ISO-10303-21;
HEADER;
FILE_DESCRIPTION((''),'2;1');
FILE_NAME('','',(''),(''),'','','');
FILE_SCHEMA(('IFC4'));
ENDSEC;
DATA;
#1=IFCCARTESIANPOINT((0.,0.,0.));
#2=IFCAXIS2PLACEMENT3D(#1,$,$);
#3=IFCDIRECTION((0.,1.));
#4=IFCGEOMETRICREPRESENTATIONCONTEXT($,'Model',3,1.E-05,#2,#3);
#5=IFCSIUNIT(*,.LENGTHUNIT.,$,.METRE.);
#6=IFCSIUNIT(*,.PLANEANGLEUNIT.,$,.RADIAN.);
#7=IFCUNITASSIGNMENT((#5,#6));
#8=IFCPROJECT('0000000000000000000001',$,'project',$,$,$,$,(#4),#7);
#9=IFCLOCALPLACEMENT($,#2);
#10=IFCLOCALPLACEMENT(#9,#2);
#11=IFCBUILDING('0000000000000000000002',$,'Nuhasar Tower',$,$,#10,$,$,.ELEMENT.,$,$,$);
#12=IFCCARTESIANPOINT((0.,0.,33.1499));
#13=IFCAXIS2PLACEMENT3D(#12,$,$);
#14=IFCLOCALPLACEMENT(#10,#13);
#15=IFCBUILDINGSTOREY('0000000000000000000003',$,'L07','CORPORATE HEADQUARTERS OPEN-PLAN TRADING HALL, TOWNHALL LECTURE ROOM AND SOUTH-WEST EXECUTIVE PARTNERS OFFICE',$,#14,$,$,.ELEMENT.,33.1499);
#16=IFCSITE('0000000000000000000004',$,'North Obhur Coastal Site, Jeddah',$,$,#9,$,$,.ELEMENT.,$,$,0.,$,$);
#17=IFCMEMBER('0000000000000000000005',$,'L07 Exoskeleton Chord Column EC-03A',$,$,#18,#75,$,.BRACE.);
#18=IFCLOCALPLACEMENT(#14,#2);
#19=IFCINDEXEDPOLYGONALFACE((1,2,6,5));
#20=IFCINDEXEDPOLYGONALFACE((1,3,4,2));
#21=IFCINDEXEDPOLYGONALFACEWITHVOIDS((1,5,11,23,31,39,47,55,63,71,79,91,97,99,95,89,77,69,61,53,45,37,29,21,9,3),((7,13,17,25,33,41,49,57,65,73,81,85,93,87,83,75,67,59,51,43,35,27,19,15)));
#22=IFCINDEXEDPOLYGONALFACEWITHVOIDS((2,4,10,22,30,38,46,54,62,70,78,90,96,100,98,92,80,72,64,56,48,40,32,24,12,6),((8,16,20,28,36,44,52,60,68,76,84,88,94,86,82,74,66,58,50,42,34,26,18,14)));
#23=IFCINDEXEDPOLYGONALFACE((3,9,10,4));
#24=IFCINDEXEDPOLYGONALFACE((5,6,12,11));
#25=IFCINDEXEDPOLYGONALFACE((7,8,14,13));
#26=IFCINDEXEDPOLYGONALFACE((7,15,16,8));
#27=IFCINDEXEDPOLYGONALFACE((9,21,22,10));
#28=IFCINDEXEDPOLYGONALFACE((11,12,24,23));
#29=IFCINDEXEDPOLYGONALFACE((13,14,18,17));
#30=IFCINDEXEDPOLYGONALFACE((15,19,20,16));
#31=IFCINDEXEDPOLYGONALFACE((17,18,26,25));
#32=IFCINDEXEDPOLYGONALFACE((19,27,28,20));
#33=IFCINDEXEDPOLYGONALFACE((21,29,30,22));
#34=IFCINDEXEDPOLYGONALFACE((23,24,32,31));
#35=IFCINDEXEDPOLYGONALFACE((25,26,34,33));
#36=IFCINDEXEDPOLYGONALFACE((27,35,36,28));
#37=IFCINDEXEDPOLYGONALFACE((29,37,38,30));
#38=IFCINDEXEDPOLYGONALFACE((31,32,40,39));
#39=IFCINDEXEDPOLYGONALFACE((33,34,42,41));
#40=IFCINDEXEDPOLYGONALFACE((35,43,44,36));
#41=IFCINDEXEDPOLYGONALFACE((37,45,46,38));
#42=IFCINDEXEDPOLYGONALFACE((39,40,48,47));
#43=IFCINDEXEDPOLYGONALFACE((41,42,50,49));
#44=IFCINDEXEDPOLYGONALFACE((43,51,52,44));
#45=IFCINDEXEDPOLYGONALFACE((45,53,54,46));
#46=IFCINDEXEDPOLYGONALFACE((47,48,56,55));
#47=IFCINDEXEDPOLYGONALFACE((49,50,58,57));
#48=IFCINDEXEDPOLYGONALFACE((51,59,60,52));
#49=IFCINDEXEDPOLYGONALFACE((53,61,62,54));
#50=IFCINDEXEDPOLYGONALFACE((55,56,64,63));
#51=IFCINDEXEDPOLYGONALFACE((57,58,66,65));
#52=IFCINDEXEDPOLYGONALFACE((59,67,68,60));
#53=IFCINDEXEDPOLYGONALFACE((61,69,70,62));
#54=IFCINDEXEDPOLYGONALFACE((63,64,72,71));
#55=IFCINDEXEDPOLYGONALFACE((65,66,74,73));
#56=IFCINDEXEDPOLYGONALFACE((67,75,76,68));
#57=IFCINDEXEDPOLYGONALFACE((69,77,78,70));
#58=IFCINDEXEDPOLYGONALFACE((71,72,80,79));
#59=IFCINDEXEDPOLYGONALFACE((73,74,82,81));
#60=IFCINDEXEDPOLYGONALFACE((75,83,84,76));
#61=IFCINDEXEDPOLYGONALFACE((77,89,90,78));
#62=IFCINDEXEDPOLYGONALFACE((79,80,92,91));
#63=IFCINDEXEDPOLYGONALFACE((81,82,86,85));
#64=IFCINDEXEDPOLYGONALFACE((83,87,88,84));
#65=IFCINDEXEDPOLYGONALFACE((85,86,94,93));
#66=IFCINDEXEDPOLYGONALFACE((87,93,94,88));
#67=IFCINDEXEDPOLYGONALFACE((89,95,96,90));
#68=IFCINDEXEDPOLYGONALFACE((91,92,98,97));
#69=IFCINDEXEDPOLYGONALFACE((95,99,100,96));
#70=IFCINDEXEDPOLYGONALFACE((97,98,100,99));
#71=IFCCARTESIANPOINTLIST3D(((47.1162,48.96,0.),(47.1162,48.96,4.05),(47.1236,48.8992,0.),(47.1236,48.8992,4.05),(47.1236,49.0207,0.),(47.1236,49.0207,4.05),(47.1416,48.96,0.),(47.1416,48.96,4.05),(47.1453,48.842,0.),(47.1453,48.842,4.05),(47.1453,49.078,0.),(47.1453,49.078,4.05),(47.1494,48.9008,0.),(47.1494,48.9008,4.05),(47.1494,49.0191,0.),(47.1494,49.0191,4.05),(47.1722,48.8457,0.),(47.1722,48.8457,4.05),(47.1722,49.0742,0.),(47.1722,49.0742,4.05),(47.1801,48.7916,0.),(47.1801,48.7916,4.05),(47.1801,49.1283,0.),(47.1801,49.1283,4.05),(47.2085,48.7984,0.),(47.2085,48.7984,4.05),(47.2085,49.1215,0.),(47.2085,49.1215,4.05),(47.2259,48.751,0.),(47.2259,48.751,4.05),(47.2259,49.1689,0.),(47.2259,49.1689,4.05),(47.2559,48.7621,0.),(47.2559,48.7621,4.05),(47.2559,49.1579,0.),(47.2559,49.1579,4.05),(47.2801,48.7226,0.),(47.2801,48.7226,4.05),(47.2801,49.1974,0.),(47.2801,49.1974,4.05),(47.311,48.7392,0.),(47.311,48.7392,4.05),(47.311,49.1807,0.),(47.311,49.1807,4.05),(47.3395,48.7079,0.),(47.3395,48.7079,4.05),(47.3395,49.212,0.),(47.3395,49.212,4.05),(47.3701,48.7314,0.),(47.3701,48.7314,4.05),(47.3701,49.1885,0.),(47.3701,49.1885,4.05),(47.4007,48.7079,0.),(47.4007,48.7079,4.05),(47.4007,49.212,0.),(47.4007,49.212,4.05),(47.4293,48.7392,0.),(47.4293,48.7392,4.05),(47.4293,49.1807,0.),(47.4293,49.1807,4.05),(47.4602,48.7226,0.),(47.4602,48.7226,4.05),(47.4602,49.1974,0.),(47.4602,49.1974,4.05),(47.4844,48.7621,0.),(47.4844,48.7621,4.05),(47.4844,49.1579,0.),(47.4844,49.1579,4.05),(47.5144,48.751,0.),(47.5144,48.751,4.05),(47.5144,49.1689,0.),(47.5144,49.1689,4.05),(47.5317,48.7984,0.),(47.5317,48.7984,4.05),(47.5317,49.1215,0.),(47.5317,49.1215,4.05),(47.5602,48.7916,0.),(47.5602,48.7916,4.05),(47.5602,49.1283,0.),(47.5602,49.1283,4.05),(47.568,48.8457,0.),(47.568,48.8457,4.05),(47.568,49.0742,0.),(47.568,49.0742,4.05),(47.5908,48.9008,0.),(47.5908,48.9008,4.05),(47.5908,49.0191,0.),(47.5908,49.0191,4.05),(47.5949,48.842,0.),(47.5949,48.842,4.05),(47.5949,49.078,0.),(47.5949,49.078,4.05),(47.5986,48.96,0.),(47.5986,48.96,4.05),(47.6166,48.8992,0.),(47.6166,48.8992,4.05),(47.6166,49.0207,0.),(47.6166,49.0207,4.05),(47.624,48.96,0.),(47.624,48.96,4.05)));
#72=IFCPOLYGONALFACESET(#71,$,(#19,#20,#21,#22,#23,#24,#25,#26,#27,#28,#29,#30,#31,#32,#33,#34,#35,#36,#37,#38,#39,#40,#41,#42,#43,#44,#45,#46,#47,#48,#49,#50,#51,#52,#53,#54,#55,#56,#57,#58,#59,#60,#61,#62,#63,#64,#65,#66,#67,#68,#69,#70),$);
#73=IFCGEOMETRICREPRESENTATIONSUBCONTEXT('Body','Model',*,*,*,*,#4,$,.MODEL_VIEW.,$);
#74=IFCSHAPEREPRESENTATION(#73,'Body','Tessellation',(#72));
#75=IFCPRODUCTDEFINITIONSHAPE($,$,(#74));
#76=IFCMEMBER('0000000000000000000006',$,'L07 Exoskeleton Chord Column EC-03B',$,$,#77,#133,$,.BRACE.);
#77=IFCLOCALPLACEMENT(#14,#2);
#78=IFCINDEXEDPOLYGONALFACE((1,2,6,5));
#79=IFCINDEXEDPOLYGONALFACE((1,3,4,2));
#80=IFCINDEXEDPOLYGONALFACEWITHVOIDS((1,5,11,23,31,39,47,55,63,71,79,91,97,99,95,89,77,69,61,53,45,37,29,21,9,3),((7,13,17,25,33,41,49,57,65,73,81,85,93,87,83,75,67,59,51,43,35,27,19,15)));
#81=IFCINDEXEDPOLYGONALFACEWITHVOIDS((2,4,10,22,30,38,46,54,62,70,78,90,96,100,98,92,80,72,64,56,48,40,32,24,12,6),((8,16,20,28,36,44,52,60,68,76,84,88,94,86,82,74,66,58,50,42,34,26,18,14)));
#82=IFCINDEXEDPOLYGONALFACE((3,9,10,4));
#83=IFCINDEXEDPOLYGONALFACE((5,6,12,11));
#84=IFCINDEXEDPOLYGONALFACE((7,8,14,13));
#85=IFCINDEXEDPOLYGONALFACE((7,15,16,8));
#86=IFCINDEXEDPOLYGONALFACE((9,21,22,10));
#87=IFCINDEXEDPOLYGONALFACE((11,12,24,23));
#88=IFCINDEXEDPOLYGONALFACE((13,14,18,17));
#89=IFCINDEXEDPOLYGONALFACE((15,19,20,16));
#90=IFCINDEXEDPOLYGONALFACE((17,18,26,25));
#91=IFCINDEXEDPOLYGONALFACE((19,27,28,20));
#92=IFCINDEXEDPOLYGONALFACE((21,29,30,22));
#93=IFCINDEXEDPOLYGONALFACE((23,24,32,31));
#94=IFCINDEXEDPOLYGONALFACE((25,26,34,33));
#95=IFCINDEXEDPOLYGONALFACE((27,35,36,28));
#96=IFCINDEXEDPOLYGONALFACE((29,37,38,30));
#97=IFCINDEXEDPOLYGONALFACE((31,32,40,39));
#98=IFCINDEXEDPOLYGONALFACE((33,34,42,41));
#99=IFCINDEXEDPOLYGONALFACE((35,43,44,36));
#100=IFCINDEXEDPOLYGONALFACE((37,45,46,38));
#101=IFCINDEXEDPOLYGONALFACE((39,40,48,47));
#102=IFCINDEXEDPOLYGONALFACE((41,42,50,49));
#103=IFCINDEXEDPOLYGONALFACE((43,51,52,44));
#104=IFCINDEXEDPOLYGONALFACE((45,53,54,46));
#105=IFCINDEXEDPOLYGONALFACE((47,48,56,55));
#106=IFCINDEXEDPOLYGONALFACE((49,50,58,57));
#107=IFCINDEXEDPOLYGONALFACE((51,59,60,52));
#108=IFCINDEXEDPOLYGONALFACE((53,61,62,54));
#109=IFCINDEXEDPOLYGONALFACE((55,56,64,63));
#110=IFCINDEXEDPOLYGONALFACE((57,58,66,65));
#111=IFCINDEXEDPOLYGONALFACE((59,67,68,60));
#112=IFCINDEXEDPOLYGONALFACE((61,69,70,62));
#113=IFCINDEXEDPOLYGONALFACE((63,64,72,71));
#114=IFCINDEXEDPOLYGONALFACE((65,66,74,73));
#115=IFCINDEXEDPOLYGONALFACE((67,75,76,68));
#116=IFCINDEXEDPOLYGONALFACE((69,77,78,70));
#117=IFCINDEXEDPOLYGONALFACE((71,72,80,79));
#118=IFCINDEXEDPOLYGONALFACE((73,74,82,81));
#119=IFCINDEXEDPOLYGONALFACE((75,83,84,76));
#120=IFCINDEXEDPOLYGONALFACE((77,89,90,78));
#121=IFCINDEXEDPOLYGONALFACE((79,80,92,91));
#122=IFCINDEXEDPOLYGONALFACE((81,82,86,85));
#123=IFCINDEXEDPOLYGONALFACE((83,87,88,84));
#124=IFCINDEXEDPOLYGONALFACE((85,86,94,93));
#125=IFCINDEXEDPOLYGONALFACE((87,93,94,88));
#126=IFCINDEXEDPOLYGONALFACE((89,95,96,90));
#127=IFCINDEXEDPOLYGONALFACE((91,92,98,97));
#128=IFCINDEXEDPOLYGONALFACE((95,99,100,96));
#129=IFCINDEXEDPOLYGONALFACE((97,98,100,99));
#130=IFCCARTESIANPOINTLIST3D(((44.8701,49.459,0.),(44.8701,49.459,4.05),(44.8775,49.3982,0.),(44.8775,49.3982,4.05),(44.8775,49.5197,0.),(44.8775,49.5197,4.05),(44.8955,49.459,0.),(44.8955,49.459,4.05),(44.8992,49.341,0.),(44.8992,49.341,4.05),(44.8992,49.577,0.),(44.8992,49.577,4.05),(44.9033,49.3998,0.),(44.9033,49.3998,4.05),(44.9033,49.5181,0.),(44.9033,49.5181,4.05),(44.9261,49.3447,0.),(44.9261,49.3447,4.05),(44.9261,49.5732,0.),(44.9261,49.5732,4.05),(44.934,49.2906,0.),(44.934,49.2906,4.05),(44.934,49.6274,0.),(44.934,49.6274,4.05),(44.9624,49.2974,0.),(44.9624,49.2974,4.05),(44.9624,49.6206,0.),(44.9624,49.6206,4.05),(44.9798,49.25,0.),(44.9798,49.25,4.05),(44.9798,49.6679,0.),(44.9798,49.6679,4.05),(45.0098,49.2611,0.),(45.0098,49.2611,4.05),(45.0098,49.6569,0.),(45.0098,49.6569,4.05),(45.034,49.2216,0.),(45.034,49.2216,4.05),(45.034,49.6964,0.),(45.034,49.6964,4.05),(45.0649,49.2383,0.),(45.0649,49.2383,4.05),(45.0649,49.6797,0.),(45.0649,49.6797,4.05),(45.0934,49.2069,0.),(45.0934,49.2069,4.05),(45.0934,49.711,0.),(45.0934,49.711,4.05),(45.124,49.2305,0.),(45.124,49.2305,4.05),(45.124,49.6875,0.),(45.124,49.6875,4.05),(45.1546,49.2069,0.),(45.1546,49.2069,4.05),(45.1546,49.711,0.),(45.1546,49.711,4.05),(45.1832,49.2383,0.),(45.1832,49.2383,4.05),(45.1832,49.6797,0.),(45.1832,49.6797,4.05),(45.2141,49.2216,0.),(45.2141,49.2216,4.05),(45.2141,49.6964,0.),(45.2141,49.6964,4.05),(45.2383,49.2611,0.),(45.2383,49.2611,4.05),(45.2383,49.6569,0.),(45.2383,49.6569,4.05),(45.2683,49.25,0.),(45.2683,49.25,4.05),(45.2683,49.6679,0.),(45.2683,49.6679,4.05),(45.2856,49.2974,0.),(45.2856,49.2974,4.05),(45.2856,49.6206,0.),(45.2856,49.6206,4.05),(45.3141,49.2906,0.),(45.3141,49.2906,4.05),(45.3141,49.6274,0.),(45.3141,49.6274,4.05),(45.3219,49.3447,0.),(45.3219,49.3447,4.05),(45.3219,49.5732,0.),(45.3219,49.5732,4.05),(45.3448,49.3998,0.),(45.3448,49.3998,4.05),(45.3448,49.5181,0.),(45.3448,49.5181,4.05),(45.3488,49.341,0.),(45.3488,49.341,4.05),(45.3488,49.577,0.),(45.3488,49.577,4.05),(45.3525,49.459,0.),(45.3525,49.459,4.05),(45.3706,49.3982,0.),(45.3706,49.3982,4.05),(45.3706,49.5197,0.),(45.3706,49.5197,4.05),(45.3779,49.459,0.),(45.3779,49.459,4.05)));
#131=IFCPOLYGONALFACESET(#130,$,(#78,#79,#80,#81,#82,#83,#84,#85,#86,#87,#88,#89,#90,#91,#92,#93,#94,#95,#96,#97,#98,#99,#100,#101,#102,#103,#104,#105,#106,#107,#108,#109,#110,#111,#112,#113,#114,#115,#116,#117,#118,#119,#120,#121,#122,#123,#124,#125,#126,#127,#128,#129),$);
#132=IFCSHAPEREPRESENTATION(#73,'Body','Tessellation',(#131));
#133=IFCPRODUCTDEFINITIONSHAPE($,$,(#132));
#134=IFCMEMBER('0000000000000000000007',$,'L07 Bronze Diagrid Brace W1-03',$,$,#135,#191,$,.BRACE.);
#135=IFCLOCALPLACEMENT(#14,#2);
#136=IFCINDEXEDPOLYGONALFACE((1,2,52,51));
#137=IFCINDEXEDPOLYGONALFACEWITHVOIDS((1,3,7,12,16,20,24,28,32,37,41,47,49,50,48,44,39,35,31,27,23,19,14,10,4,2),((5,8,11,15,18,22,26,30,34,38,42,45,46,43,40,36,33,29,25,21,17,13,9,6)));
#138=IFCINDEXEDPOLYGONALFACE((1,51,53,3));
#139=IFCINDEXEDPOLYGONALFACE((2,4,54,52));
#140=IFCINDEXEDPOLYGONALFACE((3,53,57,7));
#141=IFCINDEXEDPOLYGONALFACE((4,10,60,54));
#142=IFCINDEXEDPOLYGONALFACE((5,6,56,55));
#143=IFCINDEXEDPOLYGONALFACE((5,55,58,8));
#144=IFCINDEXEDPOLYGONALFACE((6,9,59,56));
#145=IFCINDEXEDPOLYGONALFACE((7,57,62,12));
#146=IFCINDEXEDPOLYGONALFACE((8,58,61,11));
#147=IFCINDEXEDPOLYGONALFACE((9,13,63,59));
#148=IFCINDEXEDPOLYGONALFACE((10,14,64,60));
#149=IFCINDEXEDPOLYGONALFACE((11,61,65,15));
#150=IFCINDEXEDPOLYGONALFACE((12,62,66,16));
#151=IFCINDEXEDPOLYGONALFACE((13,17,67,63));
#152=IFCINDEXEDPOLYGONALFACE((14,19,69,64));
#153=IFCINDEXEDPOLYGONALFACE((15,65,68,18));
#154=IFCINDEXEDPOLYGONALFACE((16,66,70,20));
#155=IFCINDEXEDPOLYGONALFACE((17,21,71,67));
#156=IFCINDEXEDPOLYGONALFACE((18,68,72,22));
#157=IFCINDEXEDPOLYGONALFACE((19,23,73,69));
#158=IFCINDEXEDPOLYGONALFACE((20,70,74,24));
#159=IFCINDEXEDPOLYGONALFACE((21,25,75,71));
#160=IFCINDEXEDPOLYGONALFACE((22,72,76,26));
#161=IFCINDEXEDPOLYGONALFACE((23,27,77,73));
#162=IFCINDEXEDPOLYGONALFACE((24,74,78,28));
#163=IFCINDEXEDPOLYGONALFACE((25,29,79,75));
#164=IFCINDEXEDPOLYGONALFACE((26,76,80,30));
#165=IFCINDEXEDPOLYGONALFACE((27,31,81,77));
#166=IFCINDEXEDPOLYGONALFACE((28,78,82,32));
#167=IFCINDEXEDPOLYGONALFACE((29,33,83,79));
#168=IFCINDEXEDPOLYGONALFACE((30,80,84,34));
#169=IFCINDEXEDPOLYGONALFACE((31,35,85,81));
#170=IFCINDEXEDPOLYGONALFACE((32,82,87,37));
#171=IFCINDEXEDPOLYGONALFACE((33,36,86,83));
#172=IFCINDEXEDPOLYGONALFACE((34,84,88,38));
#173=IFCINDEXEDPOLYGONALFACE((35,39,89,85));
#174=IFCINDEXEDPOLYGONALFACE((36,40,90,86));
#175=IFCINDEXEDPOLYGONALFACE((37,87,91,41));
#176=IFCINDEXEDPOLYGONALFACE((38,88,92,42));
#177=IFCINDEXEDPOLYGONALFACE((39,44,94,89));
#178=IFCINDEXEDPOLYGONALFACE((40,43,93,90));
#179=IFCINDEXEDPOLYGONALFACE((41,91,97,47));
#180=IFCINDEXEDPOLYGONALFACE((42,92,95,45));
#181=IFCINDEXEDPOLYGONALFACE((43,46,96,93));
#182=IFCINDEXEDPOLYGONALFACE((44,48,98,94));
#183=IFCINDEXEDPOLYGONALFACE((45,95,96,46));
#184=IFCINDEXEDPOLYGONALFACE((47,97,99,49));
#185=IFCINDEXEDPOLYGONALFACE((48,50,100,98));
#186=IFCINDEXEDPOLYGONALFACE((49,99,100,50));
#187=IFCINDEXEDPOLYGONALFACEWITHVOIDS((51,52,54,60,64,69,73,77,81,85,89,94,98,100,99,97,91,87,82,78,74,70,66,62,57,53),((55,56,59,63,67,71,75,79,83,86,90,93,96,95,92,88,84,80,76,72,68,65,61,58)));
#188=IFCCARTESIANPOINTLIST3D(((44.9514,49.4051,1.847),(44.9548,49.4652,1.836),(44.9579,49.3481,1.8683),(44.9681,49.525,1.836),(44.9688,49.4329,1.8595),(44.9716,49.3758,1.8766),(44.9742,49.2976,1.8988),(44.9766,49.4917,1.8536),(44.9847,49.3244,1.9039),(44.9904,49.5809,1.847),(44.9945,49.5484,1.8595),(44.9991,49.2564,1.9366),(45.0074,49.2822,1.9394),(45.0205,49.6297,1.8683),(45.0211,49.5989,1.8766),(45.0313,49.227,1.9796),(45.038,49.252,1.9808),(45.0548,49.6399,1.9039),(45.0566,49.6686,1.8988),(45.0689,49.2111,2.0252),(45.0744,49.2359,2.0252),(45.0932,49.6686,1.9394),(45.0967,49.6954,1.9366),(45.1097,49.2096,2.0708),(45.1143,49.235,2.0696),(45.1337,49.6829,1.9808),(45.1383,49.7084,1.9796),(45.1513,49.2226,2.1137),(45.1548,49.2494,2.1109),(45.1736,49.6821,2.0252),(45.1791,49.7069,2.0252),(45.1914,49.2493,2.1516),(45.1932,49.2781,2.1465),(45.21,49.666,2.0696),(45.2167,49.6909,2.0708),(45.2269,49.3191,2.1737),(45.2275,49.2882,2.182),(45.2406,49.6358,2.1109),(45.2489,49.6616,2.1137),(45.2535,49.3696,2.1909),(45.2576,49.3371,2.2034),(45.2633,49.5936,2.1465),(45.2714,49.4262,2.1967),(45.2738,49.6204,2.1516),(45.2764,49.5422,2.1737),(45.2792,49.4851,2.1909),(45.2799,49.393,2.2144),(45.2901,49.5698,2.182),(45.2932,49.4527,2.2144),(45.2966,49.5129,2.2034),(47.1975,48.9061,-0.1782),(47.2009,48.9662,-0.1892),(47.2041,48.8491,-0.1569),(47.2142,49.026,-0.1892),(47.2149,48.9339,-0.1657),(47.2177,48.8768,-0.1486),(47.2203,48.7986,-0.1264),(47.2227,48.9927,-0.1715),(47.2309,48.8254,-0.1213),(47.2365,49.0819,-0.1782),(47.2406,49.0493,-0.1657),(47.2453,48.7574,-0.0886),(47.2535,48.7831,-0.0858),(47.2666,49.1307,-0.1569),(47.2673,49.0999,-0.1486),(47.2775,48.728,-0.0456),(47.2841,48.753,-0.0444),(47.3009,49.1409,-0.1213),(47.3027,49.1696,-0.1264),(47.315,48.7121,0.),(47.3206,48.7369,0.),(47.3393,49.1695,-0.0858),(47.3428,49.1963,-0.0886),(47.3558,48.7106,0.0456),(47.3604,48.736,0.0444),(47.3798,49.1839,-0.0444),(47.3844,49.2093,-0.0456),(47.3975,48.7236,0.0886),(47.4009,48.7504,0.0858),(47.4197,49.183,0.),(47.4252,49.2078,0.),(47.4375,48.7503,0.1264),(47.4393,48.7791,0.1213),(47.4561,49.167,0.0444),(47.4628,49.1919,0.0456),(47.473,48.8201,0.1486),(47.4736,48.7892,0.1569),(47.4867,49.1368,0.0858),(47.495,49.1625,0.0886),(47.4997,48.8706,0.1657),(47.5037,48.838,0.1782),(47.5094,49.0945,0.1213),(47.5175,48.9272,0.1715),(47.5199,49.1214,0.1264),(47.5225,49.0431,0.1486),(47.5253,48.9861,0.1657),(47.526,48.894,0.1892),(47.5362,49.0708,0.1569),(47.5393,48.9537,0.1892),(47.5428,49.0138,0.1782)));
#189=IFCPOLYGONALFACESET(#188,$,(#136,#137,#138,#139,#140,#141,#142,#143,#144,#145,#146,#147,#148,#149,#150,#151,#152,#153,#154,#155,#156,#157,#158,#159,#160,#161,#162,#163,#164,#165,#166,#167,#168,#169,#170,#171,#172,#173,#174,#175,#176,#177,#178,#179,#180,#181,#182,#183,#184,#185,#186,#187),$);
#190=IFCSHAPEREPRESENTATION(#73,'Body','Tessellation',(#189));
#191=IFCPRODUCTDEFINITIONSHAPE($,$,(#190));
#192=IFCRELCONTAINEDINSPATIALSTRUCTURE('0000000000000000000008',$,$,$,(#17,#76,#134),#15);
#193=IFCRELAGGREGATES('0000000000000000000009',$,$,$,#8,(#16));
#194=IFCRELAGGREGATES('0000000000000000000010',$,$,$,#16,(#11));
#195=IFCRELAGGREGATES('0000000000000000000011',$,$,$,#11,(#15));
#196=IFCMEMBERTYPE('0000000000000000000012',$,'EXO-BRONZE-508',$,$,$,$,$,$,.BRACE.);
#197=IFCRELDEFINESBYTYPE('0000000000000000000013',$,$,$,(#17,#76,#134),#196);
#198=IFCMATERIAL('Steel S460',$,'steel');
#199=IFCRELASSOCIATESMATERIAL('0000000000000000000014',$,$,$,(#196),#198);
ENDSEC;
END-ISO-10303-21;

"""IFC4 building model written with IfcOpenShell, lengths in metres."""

from ifc_helpers import new_model, si_unit, direction, frame, origin, origin_2d, place, context, subcontext, project, spatial, hollow_circle, extrude, material, material_profile, profile_set, type_object, element, save


model = new_model("IFC4")

# Units and contexts
model_context = context("Model", 3, precision=1e-05, world=origin(), true_north=direction((0.0, 1.0)))
body_context = subcontext(model_context, "Body", "Model", "MODEL_VIEW")
ifc_project = project(units=[si_unit("LENGTHUNIT", "METRE"), si_unit("PLANEANGLEUNIT", "RADIAN")], contexts=[model_context])

# Site, building, storey
site_placement = place(None, origin())
site = spatial("IfcSite", under=ifc_project, at=site_placement, Name="North Obhur Coastal Site, Jeddah", CompositionType="ELEMENT", RefElevation=0.0)
building_placement = place(site_placement, origin())
building = spatial("IfcBuilding", under=site, at=building_placement, Name="Nuhasar Tower", CompositionType="ELEMENT")
storey_placement = place(building_placement, frame((0.0, 0.0, 33.1499)))
storey = spatial("IfcBuildingStorey", under=building, at=storey_placement, Name="L07", Description="CORPORATE HEADQUARTERS OPEN-PLAN TRADING HALL, TOWNHALL LECTURE ROOM AND SOUTH-WEST EXECUTIVE PARTNERS OFFICE", CompositionType="ELEMENT", Elevation=33.1499)

# Members
ifc_material_1 = material(Name="Steel S460", Category="steel")
ifc_material_profile_1 = material_profile(ifc_material_1, hollow_circle(Radius=0.2539, WallThickness=0.0254, at=origin_2d()), Name="HSS508X25.4")
ifc_profile_set_1 = profile_set([ifc_material_profile_1], Name="Steel S460")
member_type_1 = type_object("IfcMemberType", Name="EXO-BRONZE-508", PredefinedType="BRACE", material=ifc_profile_set_1)
for number, where, z_axis, x_axis, name in (
    (1, (47.3701, 48.96, 0.0), (0.0, 0.0, 1.0), (1.0, 0.0, 0.0), "L07 Exoskeleton Chord Column EC-03A"),
    (2, (45.124, 49.459, 0.0), (0.0, 0.0, 1.0), (1.0, 0.0, 0.0), "L07 Exoskeleton Chord Column EC-03B"),
):
    element("IfcMember", number, at=place(storey_placement, frame(where, z_axis=z_axis, x_axis=x_axis)), inside=storey, type_object=member_type_1, Name=name, PredefinedType="BRACE", context=body_context, shape_type="SweptSolid", body=[
        extrude(hollow_circle(Radius=0.2539, WallThickness=0.0254, at=origin_2d()), origin(), (0.0, 0.0, 1.0), 4.05),
    ])
member_1_placement = place(storey_placement, frame((47.3701, 48.96, 0.0), z_axis=(-0.732783, 0.162805, 0.660699), x_axis=(-0.216886, -0.976197, 0.0)))
element("IfcMember", 3, at=member_1_placement, inside=storey, type_object=member_type_1, Name="L07 Bronze Diagrid Brace W1-03", PredefinedType="BRACE", context=body_context, shape_type="SweptSolid", body=[
    extrude(hollow_circle(Radius=0.2539, WallThickness=0.0254, at=origin_2d()), origin(), (0.0, 0.0, 1.0), 3.0652),
])

save(model, "model.ifc")
